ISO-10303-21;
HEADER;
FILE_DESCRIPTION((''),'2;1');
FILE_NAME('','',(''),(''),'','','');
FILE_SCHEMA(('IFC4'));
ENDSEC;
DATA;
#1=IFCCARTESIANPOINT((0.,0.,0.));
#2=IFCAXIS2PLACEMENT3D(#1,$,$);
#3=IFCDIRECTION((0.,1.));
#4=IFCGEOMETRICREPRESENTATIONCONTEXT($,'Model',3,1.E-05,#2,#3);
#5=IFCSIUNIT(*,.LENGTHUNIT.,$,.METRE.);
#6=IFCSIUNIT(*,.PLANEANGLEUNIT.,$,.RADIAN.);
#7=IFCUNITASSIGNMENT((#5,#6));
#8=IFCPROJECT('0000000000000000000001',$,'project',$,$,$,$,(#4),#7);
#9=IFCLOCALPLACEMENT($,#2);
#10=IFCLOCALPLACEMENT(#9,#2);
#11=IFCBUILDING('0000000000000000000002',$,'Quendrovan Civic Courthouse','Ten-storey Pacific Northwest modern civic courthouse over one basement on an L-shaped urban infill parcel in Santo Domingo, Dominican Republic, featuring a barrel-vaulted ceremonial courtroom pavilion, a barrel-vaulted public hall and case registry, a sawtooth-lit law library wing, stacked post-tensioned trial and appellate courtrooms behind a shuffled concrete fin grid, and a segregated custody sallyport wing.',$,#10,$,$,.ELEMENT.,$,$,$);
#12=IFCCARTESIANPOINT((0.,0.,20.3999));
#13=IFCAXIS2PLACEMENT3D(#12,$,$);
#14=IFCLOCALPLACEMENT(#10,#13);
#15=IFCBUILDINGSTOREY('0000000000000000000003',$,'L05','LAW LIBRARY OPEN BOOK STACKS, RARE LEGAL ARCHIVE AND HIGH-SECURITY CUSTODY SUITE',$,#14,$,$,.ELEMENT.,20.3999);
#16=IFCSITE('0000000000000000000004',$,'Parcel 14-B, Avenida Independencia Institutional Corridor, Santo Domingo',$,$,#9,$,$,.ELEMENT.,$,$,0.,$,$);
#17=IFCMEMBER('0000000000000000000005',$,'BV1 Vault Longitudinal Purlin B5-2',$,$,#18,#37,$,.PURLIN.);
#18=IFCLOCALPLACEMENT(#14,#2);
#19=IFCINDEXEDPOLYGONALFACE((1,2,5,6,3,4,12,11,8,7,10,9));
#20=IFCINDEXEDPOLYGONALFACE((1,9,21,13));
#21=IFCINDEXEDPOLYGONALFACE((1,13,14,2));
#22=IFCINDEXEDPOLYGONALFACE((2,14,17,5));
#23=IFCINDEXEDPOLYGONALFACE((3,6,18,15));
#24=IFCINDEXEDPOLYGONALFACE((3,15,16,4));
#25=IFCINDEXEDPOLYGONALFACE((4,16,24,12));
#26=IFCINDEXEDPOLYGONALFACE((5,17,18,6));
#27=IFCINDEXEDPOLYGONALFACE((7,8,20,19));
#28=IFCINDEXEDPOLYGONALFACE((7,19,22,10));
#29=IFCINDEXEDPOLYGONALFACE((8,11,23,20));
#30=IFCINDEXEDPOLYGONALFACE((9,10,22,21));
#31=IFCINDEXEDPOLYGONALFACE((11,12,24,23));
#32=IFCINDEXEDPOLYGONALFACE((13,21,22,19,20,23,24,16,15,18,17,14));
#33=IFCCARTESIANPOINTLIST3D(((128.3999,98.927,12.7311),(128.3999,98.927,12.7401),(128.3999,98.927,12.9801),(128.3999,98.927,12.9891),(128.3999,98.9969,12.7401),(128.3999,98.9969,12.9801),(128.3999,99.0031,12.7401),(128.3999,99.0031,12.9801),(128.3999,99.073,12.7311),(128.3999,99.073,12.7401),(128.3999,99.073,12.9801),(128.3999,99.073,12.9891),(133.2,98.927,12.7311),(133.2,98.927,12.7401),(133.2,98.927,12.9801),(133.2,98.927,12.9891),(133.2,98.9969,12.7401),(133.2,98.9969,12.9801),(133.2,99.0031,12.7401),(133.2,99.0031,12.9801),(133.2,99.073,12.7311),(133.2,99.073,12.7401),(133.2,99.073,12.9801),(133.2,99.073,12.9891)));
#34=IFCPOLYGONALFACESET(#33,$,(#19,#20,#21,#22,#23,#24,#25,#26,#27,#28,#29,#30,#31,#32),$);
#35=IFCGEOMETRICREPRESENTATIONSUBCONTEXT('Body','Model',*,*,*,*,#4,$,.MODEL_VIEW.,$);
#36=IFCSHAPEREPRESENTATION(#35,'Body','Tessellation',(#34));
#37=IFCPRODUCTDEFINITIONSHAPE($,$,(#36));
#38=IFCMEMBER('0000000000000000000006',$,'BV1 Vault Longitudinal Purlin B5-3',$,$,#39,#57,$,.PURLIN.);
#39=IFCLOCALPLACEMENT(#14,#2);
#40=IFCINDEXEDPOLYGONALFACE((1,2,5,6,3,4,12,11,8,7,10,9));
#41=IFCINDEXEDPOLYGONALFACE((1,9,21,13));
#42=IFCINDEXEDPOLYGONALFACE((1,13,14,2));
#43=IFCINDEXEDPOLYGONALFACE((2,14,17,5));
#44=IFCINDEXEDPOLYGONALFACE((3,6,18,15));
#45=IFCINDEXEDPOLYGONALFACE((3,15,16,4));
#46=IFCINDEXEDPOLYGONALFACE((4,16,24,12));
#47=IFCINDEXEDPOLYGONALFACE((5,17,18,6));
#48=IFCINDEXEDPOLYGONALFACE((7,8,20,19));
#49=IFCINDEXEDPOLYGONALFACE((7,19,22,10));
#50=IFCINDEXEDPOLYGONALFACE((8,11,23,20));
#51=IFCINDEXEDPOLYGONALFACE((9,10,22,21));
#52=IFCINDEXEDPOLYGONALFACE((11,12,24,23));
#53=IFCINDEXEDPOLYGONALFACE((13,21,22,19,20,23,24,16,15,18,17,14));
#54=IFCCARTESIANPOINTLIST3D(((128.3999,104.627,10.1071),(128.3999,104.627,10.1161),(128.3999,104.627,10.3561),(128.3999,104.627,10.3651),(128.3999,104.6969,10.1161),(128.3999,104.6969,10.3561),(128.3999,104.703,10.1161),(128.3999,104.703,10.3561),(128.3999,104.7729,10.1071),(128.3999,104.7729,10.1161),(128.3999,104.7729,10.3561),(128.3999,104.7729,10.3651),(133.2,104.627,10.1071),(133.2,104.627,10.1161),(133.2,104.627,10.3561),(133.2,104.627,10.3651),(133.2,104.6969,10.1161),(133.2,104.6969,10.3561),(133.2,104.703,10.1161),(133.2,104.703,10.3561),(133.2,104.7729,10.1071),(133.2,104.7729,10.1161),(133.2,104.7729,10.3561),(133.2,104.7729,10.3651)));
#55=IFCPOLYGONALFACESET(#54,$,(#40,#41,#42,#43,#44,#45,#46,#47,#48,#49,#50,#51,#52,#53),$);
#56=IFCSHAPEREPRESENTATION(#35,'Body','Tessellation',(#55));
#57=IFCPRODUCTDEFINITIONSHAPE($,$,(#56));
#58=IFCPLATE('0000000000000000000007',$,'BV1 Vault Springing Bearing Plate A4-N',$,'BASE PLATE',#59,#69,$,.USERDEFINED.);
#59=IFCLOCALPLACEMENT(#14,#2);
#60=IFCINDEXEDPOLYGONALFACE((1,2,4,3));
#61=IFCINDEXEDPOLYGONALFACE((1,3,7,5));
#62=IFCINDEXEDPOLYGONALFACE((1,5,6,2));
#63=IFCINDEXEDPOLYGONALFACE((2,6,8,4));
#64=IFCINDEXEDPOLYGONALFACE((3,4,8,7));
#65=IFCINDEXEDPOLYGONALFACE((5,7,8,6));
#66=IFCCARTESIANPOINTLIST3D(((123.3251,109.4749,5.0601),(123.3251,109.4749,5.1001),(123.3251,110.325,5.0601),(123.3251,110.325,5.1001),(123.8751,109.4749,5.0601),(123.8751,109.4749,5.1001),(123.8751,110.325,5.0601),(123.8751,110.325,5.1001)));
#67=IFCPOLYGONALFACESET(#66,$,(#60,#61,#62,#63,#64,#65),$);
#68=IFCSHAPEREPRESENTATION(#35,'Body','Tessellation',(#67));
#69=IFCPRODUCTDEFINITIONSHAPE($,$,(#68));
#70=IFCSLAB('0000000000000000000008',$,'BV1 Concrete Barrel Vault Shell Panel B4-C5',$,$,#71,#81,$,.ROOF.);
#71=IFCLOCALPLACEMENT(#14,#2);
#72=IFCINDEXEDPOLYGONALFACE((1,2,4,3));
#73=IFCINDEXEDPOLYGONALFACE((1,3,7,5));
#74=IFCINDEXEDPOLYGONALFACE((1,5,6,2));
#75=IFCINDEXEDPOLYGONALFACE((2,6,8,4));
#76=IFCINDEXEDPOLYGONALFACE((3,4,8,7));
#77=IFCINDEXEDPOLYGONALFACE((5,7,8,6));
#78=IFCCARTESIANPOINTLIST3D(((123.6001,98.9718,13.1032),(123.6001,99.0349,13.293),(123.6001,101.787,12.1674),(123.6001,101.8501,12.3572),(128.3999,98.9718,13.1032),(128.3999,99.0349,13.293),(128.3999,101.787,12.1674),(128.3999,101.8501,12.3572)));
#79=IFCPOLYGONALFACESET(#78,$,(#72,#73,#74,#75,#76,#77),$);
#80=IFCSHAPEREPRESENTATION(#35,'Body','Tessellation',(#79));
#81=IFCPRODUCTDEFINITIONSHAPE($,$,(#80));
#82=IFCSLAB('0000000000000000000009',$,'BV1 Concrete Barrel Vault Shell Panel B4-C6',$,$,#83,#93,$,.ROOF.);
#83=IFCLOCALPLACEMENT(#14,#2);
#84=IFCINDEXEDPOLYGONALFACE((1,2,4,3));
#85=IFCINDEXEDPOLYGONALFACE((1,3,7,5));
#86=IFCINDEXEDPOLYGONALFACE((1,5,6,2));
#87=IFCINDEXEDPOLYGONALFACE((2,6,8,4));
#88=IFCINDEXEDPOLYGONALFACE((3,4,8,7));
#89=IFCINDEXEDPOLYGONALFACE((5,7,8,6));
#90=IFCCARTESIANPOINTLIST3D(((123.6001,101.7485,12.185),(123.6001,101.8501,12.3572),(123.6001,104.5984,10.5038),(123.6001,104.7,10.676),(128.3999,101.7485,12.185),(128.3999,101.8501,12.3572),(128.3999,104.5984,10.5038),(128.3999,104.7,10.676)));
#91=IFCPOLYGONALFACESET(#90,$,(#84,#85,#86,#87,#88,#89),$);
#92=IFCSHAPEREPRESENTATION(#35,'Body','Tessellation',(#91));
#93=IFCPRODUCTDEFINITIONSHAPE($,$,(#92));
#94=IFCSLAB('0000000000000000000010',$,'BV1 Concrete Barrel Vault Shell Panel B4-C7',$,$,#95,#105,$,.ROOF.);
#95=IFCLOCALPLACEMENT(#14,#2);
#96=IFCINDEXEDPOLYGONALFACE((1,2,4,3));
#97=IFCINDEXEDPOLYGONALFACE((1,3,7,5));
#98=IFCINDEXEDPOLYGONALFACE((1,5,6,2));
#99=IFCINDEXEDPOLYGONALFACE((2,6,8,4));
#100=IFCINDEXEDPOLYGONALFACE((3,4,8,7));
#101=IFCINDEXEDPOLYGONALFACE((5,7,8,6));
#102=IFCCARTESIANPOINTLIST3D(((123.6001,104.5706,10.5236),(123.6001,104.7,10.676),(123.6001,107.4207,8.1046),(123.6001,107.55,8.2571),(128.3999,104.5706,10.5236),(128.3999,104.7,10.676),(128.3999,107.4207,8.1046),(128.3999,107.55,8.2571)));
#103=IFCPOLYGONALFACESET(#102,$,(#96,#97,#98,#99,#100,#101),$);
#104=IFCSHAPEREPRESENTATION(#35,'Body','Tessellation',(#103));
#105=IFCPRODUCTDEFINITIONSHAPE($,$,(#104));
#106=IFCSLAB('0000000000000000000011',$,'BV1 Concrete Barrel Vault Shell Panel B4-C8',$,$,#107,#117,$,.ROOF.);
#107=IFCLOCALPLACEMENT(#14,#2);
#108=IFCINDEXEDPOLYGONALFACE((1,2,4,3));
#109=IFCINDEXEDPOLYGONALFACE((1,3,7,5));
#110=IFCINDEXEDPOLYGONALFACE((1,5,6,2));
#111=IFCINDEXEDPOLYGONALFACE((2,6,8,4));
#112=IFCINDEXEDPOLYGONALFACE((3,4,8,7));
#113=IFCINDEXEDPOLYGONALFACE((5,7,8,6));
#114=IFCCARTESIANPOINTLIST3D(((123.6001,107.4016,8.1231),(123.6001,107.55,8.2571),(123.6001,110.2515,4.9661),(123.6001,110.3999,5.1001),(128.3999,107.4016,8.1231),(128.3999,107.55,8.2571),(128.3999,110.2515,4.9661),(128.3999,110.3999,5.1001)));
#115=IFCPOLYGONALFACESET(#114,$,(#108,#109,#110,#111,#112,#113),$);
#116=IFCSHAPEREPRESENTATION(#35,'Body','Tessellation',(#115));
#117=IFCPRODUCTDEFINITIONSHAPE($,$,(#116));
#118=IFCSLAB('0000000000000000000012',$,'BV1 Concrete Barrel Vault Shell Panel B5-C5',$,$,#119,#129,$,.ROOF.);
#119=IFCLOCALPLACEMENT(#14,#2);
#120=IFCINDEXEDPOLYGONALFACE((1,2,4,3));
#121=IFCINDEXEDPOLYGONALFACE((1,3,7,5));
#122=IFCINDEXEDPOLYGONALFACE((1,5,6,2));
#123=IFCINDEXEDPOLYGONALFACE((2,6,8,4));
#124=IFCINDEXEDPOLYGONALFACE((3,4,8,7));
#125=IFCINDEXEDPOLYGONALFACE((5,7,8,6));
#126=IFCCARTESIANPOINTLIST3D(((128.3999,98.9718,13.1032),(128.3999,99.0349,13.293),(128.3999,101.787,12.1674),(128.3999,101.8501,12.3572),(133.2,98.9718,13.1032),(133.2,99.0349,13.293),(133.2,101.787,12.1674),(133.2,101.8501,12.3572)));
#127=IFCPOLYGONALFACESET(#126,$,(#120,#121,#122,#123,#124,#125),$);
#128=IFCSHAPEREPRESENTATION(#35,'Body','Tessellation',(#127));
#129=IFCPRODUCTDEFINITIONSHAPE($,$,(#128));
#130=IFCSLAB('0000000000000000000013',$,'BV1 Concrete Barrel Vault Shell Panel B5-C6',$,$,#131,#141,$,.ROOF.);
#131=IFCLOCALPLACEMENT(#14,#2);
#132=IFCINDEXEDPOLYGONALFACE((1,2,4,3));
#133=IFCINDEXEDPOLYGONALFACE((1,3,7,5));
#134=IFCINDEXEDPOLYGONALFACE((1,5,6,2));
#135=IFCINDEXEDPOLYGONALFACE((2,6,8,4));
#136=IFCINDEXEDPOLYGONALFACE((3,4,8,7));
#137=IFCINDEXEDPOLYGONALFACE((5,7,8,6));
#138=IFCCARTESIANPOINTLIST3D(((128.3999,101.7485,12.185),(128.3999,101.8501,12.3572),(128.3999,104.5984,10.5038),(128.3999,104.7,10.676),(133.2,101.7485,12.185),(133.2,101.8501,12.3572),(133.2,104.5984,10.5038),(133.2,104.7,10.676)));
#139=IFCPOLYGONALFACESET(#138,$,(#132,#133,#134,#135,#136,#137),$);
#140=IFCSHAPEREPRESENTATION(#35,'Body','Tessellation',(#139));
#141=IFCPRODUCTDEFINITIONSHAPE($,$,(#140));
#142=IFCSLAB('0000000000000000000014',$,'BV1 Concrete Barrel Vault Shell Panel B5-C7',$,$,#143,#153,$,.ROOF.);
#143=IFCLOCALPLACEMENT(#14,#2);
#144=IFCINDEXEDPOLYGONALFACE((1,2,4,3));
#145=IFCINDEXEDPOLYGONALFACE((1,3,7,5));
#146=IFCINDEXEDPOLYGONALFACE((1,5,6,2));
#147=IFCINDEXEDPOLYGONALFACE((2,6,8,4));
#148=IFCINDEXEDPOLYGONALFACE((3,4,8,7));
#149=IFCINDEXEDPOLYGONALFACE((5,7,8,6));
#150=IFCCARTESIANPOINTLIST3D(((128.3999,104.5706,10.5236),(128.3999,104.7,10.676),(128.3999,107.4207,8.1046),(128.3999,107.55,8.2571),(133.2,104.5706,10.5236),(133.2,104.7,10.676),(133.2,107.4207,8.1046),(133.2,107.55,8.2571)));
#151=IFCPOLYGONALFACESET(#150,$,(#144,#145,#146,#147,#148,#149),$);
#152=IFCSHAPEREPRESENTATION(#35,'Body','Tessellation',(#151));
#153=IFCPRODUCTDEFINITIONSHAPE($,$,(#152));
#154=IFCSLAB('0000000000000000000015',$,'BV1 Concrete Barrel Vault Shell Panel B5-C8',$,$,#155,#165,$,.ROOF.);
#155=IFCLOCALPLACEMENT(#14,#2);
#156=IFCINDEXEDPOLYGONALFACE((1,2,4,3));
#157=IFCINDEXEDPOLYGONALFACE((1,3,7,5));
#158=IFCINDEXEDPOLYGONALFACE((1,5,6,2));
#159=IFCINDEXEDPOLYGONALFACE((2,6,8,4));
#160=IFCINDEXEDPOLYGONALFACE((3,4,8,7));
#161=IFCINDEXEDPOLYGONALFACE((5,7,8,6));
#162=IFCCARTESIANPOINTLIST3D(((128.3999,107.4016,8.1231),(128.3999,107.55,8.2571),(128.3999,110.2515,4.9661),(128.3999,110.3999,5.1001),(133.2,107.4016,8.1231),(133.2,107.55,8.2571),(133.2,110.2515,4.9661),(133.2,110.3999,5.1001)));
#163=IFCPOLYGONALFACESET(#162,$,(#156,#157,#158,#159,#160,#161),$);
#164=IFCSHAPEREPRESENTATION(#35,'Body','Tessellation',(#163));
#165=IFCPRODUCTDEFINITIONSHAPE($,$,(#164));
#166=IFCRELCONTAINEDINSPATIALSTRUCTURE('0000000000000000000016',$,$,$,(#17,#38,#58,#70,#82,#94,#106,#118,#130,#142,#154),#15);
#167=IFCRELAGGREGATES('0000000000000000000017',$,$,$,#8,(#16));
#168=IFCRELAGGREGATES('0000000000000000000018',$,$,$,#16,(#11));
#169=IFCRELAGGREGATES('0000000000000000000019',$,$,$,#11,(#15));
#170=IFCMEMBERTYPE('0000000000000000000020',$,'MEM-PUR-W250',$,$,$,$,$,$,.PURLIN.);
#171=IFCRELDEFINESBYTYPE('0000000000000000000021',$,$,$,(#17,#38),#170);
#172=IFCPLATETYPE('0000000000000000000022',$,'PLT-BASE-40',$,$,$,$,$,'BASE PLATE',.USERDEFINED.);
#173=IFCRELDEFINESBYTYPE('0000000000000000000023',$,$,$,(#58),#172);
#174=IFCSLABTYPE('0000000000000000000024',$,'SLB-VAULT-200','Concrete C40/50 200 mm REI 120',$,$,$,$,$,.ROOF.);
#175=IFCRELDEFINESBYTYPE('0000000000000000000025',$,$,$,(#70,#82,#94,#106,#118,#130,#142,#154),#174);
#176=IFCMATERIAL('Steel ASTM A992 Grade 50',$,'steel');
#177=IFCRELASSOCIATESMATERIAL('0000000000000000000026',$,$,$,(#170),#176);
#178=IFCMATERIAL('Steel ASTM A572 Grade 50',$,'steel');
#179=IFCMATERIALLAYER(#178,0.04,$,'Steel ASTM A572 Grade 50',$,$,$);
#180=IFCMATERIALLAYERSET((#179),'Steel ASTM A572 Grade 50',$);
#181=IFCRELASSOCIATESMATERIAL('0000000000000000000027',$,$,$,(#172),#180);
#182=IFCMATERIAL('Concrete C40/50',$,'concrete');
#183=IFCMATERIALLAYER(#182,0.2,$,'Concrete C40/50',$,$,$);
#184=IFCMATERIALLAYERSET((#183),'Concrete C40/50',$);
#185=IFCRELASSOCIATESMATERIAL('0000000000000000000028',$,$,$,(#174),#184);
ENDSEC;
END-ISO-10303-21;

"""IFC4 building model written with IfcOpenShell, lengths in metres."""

from ifc_helpers import new_model, si_unit, direction, frame, origin, origin_2d, place, context, subcontext, project, spatial, polyline, rectangle, i_section, outline, extrude, material, layer, layer_set, material_profile, profile_set, type_object, element, save


model = new_model("IFC4")

# Units and contexts
model_context = context("Model", 3, precision=1e-05, world=origin(), true_north=direction((0.0, 1.0)))
body_context = subcontext(model_context, "Body", "Model", "MODEL_VIEW")
ifc_project = project(units=[si_unit("LENGTHUNIT", "METRE"), si_unit("PLANEANGLEUNIT", "RADIAN")], contexts=[model_context])

# Site, building, storey
site_placement = place(None, origin())
site = spatial("IfcSite", under=ifc_project, at=site_placement, Name="Parcel 14-B, Avenida Independencia Institutional Corridor, Santo Domingo", CompositionType="ELEMENT", RefElevation=0.0)
building_placement = place(site_placement, origin())
building = spatial("IfcBuilding", under=site, at=building_placement, Name="Quendrovan Civic Courthouse", Description="Ten-storey Pacific Northwest modern civic courthouse over one basement on an L-shaped urban infill parcel in Santo Domingo, Dominican Republic, featuring a barrel-vaulted ceremonial courtroom pavilion, a barrel-vaulted public hall and case registry, a sawtooth-lit law library wing, stacked post-tensioned trial and appellate courtrooms behind a shuffled concrete fin grid, and a segregated custody sallyport wing.", CompositionType="ELEMENT")
storey_placement = place(building_placement, frame((0.0, 0.0, 20.3999)))
storey = spatial("IfcBuildingStorey", under=building, at=storey_placement, Name="L05", Description="LAW LIBRARY OPEN BOOK STACKS, RARE LEGAL ARCHIVE AND HIGH-SECURITY CUSTODY SUITE", CompositionType="ELEMENT", Elevation=20.3999)

# Shared definitions
ifc_material_1 = material(Name="Concrete C40/50", Category="concrete")

# Members
ifc_material_2 = material(Name="Steel ASTM A992 Grade 50", Category="steel")
ifc_material_profile_1 = material_profile(ifc_material_2, i_section(OverallWidth=0.146, OverallDepth=0.2581, WebThickness=0.0061, FlangeThickness=0.009, at=origin_2d()), Name="W250x33")
ifc_profile_set_1 = profile_set([ifc_material_profile_1], Name="Steel ASTM A992 Grade 50")
member_type_1 = type_object("IfcMemberType", Name="MEM-PUR-W250", PredefinedType="PURLIN", material=ifc_profile_set_1)
for number, where, z_axis, x_axis, name in (
    (1, (128.3999, 99.0, 12.8601), (1.0, 0.0, 0.0), (0.0, 1.0, 0.0), "BV1 Vault Longitudinal Purlin B5-2"),
    (2, (128.3999, 104.7, 10.2361), (1.0, 0.0, 0.0), (0.0, 1.0, 0.0), "BV1 Vault Longitudinal Purlin B5-3"),
):
    element("IfcMember", number, at=place(storey_placement, frame(where, z_axis=z_axis, x_axis=x_axis)), inside=storey, type_object=member_type_1, Name=name, PredefinedType="PURLIN", context=body_context, shape_type="SweptSolid", body=[
        extrude(i_section(OverallWidth=0.146, OverallDepth=0.2581, WebThickness=0.0061, FlangeThickness=0.009, at=origin_2d()), origin(), (0.0, 0.0, 1.0), 4.8),
    ])

# Plate
ifc_material_3 = material(Name="Steel ASTM A572 Grade 50", Category="steel")
ifc_layer_1 = layer(ifc_material_3, 0.04, Name="Steel ASTM A572 Grade 50")
ifc_layer_set_1 = layer_set([ifc_layer_1], Name="Steel ASTM A572 Grade 50")
plate_type = type_object("IfcPlateType", Name="PLT-BASE-40", ElementType="BASE PLATE", PredefinedType="USERDEFINED", material=ifc_layer_set_1)
plate_placement = place(storey_placement, frame((123.6001, 109.8999, 5.0601), z_axis=(0.0, 0.0, 1.0), x_axis=(1.0, 0.0, 0.0)))
element("IfcPlate", 3, at=plate_placement, inside=storey, type_object=plate_type, Name="BV1 Vault Springing Bearing Plate A4-N", ObjectType="BASE PLATE", PredefinedType="USERDEFINED", context=body_context, shape_type="SweptSolid", body=[
    extrude(rectangle(XDim=0.55, YDim=0.8501, at=origin_2d()), origin(), (0.0, 0.0, 1.0), 0.04),
])

# Slabs
ifc_layer_2 = layer(ifc_material_1, 0.2, Name="Concrete C40/50")
ifc_layer_set_2 = layer_set([ifc_layer_2], Name="Concrete C40/50")
slab_type = type_object("IfcSlabType", Name="SLB-VAULT-200", Description="Concrete C40/50 200 mm REI 120", PredefinedType="ROOF", material=ifc_layer_set_2)
slab_1_placement = place(storey_placement, frame((123.6001, 99.0349, 13.293), z_axis=(0.0, 0.315438, 0.948946), x_axis=(1.0, 0.0, 0.0)))
element("IfcSlab", 4, at=slab_1_placement, inside=storey, type_object=slab_type, Name="BV1 Concrete Barrel Vault Shell Panel B4-C5", PredefinedType="ROOF", context=body_context, shape_type="SweptSolid", body=[
    extrude(outline(polyline([(0.0, 0.0), (4.7998, 0.0), (4.7998, 2.9666), (0.0, 2.9666), (0.0, 0.0)])), origin(), (0.0, 0.0, -1.0), 0.2),
])
slab_2_placement = place(storey_placement, frame((123.6001, 101.8501, 12.3572), z_axis=(0.0, 0.50809, 0.861304), x_axis=(1.0, 0.0, 0.0)))
element("IfcSlab", 5, at=slab_2_placement, inside=storey, type_object=slab_type, Name="BV1 Concrete Barrel Vault Shell Panel B4-C6", PredefinedType="ROOF", context=body_context, shape_type="SweptSolid", body=[
    extrude(outline(polyline([(0.0, 0.0), (4.7998, 0.0), (4.7998, 3.3088), (0.0, 3.3088), (0.0, 0.0)])), origin(), (0.0, 0.0, -1.0), 0.2),
])
slab_3_placement = place(storey_placement, frame((123.6001, 104.7, 10.676), z_axis=(0.0, 0.647083, 0.762419), x_axis=(1.0, 0.0, 0.0)))
element("IfcSlab", 6, at=slab_3_placement, inside=storey, type_object=slab_type, Name="BV1 Concrete Barrel Vault Shell Panel B4-C7", PredefinedType="ROOF", context=body_context, shape_type="SweptSolid", body=[
    extrude(outline(polyline([(0.0, 0.0), (4.7998, 0.0), (4.7998, 3.7382), (0.0, 3.7382), (0.0, 0.0)])), origin(), (0.0, 0.0, -1.0), 0.2),
])
slab_4_placement = place(storey_placement, frame((123.6001, 107.55, 8.2571), z_axis=(0.0, 0.742291, 0.670077), x_axis=(1.0, 0.0, 0.0)))
element("IfcSlab", 7, at=slab_4_placement, inside=storey, type_object=slab_type, Name="BV1 Concrete Barrel Vault Shell Panel B4-C8", PredefinedType="ROOF", context=body_context, shape_type="SweptSolid", body=[
    extrude(outline(polyline([(0.0, 0.0), (4.7998, 0.0), (4.7998, 4.253), (0.0, 4.253), (0.0, 0.0)])), origin(), (0.0, 0.0, -1.0), 0.2),
])
slab_5_placement = place(storey_placement, frame((128.3999, 99.0349, 13.293), z_axis=(0.0, 0.315438, 0.948946), x_axis=(1.0, 0.0, 0.0)))
element("IfcSlab", 8, at=slab_5_placement, inside=storey, type_object=slab_type, Name="BV1 Concrete Barrel Vault Shell Panel B5-C5", PredefinedType="ROOF", context=body_context, shape_type="SweptSolid", body=[
    extrude(outline(polyline([(0.0, 0.0), (4.8, 0.0), (4.8, 2.9666), (0.0, 2.9666), (0.0, 0.0)])), origin(), (0.0, 0.0, -1.0), 0.2),
])
slab_6_placement = place(storey_placement, frame((128.3999, 101.8501, 12.3572), z_axis=(0.0, 0.50809, 0.861304), x_axis=(1.0, 0.0, 0.0)))
element("IfcSlab", 9, at=slab_6_placement, inside=storey, type_object=slab_type, Name="BV1 Concrete Barrel Vault Shell Panel B5-C6", PredefinedType="ROOF", context=body_context, shape_type="SweptSolid", body=[
    extrude(outline(polyline([(0.0, 0.0), (4.8, 0.0), (4.8, 3.3088), (0.0, 3.3088), (0.0, 0.0)])), origin(), (0.0, 0.0, -1.0), 0.2),
])
slab_7_placement = place(storey_placement, frame((128.3999, 104.7, 10.676), z_axis=(0.0, 0.647083, 0.762419), x_axis=(1.0, 0.0, 0.0)))
element("IfcSlab", 10, at=slab_7_placement, inside=storey, type_object=slab_type, Name="BV1 Concrete Barrel Vault Shell Panel B5-C7", PredefinedType="ROOF", context=body_context, shape_type="SweptSolid", body=[
    extrude(outline(polyline([(0.0, 0.0), (4.8, 0.0), (4.8, 3.7382), (0.0, 3.7382), (0.0, 0.0)])), origin(), (0.0, 0.0, -1.0), 0.2),
])
slab_8_placement = place(storey_placement, frame((128.3999, 107.55, 8.2571), z_axis=(0.0, 0.742291, 0.670077), x_axis=(1.0, 0.0, 0.0)))
element("IfcSlab", 11, at=slab_8_placement, inside=storey, type_object=slab_type, Name="BV1 Concrete Barrel Vault Shell Panel B5-C8", PredefinedType="ROOF", context=body_context, shape_type="SweptSolid", body=[
    extrude(outline(polyline([(0.0, 0.0), (4.8, 0.0), (4.8, 4.253), (0.0, 4.253), (0.0, 0.0)])), origin(), (0.0, 0.0, -1.0), 0.2),
])

save(model, "model.ifc")
